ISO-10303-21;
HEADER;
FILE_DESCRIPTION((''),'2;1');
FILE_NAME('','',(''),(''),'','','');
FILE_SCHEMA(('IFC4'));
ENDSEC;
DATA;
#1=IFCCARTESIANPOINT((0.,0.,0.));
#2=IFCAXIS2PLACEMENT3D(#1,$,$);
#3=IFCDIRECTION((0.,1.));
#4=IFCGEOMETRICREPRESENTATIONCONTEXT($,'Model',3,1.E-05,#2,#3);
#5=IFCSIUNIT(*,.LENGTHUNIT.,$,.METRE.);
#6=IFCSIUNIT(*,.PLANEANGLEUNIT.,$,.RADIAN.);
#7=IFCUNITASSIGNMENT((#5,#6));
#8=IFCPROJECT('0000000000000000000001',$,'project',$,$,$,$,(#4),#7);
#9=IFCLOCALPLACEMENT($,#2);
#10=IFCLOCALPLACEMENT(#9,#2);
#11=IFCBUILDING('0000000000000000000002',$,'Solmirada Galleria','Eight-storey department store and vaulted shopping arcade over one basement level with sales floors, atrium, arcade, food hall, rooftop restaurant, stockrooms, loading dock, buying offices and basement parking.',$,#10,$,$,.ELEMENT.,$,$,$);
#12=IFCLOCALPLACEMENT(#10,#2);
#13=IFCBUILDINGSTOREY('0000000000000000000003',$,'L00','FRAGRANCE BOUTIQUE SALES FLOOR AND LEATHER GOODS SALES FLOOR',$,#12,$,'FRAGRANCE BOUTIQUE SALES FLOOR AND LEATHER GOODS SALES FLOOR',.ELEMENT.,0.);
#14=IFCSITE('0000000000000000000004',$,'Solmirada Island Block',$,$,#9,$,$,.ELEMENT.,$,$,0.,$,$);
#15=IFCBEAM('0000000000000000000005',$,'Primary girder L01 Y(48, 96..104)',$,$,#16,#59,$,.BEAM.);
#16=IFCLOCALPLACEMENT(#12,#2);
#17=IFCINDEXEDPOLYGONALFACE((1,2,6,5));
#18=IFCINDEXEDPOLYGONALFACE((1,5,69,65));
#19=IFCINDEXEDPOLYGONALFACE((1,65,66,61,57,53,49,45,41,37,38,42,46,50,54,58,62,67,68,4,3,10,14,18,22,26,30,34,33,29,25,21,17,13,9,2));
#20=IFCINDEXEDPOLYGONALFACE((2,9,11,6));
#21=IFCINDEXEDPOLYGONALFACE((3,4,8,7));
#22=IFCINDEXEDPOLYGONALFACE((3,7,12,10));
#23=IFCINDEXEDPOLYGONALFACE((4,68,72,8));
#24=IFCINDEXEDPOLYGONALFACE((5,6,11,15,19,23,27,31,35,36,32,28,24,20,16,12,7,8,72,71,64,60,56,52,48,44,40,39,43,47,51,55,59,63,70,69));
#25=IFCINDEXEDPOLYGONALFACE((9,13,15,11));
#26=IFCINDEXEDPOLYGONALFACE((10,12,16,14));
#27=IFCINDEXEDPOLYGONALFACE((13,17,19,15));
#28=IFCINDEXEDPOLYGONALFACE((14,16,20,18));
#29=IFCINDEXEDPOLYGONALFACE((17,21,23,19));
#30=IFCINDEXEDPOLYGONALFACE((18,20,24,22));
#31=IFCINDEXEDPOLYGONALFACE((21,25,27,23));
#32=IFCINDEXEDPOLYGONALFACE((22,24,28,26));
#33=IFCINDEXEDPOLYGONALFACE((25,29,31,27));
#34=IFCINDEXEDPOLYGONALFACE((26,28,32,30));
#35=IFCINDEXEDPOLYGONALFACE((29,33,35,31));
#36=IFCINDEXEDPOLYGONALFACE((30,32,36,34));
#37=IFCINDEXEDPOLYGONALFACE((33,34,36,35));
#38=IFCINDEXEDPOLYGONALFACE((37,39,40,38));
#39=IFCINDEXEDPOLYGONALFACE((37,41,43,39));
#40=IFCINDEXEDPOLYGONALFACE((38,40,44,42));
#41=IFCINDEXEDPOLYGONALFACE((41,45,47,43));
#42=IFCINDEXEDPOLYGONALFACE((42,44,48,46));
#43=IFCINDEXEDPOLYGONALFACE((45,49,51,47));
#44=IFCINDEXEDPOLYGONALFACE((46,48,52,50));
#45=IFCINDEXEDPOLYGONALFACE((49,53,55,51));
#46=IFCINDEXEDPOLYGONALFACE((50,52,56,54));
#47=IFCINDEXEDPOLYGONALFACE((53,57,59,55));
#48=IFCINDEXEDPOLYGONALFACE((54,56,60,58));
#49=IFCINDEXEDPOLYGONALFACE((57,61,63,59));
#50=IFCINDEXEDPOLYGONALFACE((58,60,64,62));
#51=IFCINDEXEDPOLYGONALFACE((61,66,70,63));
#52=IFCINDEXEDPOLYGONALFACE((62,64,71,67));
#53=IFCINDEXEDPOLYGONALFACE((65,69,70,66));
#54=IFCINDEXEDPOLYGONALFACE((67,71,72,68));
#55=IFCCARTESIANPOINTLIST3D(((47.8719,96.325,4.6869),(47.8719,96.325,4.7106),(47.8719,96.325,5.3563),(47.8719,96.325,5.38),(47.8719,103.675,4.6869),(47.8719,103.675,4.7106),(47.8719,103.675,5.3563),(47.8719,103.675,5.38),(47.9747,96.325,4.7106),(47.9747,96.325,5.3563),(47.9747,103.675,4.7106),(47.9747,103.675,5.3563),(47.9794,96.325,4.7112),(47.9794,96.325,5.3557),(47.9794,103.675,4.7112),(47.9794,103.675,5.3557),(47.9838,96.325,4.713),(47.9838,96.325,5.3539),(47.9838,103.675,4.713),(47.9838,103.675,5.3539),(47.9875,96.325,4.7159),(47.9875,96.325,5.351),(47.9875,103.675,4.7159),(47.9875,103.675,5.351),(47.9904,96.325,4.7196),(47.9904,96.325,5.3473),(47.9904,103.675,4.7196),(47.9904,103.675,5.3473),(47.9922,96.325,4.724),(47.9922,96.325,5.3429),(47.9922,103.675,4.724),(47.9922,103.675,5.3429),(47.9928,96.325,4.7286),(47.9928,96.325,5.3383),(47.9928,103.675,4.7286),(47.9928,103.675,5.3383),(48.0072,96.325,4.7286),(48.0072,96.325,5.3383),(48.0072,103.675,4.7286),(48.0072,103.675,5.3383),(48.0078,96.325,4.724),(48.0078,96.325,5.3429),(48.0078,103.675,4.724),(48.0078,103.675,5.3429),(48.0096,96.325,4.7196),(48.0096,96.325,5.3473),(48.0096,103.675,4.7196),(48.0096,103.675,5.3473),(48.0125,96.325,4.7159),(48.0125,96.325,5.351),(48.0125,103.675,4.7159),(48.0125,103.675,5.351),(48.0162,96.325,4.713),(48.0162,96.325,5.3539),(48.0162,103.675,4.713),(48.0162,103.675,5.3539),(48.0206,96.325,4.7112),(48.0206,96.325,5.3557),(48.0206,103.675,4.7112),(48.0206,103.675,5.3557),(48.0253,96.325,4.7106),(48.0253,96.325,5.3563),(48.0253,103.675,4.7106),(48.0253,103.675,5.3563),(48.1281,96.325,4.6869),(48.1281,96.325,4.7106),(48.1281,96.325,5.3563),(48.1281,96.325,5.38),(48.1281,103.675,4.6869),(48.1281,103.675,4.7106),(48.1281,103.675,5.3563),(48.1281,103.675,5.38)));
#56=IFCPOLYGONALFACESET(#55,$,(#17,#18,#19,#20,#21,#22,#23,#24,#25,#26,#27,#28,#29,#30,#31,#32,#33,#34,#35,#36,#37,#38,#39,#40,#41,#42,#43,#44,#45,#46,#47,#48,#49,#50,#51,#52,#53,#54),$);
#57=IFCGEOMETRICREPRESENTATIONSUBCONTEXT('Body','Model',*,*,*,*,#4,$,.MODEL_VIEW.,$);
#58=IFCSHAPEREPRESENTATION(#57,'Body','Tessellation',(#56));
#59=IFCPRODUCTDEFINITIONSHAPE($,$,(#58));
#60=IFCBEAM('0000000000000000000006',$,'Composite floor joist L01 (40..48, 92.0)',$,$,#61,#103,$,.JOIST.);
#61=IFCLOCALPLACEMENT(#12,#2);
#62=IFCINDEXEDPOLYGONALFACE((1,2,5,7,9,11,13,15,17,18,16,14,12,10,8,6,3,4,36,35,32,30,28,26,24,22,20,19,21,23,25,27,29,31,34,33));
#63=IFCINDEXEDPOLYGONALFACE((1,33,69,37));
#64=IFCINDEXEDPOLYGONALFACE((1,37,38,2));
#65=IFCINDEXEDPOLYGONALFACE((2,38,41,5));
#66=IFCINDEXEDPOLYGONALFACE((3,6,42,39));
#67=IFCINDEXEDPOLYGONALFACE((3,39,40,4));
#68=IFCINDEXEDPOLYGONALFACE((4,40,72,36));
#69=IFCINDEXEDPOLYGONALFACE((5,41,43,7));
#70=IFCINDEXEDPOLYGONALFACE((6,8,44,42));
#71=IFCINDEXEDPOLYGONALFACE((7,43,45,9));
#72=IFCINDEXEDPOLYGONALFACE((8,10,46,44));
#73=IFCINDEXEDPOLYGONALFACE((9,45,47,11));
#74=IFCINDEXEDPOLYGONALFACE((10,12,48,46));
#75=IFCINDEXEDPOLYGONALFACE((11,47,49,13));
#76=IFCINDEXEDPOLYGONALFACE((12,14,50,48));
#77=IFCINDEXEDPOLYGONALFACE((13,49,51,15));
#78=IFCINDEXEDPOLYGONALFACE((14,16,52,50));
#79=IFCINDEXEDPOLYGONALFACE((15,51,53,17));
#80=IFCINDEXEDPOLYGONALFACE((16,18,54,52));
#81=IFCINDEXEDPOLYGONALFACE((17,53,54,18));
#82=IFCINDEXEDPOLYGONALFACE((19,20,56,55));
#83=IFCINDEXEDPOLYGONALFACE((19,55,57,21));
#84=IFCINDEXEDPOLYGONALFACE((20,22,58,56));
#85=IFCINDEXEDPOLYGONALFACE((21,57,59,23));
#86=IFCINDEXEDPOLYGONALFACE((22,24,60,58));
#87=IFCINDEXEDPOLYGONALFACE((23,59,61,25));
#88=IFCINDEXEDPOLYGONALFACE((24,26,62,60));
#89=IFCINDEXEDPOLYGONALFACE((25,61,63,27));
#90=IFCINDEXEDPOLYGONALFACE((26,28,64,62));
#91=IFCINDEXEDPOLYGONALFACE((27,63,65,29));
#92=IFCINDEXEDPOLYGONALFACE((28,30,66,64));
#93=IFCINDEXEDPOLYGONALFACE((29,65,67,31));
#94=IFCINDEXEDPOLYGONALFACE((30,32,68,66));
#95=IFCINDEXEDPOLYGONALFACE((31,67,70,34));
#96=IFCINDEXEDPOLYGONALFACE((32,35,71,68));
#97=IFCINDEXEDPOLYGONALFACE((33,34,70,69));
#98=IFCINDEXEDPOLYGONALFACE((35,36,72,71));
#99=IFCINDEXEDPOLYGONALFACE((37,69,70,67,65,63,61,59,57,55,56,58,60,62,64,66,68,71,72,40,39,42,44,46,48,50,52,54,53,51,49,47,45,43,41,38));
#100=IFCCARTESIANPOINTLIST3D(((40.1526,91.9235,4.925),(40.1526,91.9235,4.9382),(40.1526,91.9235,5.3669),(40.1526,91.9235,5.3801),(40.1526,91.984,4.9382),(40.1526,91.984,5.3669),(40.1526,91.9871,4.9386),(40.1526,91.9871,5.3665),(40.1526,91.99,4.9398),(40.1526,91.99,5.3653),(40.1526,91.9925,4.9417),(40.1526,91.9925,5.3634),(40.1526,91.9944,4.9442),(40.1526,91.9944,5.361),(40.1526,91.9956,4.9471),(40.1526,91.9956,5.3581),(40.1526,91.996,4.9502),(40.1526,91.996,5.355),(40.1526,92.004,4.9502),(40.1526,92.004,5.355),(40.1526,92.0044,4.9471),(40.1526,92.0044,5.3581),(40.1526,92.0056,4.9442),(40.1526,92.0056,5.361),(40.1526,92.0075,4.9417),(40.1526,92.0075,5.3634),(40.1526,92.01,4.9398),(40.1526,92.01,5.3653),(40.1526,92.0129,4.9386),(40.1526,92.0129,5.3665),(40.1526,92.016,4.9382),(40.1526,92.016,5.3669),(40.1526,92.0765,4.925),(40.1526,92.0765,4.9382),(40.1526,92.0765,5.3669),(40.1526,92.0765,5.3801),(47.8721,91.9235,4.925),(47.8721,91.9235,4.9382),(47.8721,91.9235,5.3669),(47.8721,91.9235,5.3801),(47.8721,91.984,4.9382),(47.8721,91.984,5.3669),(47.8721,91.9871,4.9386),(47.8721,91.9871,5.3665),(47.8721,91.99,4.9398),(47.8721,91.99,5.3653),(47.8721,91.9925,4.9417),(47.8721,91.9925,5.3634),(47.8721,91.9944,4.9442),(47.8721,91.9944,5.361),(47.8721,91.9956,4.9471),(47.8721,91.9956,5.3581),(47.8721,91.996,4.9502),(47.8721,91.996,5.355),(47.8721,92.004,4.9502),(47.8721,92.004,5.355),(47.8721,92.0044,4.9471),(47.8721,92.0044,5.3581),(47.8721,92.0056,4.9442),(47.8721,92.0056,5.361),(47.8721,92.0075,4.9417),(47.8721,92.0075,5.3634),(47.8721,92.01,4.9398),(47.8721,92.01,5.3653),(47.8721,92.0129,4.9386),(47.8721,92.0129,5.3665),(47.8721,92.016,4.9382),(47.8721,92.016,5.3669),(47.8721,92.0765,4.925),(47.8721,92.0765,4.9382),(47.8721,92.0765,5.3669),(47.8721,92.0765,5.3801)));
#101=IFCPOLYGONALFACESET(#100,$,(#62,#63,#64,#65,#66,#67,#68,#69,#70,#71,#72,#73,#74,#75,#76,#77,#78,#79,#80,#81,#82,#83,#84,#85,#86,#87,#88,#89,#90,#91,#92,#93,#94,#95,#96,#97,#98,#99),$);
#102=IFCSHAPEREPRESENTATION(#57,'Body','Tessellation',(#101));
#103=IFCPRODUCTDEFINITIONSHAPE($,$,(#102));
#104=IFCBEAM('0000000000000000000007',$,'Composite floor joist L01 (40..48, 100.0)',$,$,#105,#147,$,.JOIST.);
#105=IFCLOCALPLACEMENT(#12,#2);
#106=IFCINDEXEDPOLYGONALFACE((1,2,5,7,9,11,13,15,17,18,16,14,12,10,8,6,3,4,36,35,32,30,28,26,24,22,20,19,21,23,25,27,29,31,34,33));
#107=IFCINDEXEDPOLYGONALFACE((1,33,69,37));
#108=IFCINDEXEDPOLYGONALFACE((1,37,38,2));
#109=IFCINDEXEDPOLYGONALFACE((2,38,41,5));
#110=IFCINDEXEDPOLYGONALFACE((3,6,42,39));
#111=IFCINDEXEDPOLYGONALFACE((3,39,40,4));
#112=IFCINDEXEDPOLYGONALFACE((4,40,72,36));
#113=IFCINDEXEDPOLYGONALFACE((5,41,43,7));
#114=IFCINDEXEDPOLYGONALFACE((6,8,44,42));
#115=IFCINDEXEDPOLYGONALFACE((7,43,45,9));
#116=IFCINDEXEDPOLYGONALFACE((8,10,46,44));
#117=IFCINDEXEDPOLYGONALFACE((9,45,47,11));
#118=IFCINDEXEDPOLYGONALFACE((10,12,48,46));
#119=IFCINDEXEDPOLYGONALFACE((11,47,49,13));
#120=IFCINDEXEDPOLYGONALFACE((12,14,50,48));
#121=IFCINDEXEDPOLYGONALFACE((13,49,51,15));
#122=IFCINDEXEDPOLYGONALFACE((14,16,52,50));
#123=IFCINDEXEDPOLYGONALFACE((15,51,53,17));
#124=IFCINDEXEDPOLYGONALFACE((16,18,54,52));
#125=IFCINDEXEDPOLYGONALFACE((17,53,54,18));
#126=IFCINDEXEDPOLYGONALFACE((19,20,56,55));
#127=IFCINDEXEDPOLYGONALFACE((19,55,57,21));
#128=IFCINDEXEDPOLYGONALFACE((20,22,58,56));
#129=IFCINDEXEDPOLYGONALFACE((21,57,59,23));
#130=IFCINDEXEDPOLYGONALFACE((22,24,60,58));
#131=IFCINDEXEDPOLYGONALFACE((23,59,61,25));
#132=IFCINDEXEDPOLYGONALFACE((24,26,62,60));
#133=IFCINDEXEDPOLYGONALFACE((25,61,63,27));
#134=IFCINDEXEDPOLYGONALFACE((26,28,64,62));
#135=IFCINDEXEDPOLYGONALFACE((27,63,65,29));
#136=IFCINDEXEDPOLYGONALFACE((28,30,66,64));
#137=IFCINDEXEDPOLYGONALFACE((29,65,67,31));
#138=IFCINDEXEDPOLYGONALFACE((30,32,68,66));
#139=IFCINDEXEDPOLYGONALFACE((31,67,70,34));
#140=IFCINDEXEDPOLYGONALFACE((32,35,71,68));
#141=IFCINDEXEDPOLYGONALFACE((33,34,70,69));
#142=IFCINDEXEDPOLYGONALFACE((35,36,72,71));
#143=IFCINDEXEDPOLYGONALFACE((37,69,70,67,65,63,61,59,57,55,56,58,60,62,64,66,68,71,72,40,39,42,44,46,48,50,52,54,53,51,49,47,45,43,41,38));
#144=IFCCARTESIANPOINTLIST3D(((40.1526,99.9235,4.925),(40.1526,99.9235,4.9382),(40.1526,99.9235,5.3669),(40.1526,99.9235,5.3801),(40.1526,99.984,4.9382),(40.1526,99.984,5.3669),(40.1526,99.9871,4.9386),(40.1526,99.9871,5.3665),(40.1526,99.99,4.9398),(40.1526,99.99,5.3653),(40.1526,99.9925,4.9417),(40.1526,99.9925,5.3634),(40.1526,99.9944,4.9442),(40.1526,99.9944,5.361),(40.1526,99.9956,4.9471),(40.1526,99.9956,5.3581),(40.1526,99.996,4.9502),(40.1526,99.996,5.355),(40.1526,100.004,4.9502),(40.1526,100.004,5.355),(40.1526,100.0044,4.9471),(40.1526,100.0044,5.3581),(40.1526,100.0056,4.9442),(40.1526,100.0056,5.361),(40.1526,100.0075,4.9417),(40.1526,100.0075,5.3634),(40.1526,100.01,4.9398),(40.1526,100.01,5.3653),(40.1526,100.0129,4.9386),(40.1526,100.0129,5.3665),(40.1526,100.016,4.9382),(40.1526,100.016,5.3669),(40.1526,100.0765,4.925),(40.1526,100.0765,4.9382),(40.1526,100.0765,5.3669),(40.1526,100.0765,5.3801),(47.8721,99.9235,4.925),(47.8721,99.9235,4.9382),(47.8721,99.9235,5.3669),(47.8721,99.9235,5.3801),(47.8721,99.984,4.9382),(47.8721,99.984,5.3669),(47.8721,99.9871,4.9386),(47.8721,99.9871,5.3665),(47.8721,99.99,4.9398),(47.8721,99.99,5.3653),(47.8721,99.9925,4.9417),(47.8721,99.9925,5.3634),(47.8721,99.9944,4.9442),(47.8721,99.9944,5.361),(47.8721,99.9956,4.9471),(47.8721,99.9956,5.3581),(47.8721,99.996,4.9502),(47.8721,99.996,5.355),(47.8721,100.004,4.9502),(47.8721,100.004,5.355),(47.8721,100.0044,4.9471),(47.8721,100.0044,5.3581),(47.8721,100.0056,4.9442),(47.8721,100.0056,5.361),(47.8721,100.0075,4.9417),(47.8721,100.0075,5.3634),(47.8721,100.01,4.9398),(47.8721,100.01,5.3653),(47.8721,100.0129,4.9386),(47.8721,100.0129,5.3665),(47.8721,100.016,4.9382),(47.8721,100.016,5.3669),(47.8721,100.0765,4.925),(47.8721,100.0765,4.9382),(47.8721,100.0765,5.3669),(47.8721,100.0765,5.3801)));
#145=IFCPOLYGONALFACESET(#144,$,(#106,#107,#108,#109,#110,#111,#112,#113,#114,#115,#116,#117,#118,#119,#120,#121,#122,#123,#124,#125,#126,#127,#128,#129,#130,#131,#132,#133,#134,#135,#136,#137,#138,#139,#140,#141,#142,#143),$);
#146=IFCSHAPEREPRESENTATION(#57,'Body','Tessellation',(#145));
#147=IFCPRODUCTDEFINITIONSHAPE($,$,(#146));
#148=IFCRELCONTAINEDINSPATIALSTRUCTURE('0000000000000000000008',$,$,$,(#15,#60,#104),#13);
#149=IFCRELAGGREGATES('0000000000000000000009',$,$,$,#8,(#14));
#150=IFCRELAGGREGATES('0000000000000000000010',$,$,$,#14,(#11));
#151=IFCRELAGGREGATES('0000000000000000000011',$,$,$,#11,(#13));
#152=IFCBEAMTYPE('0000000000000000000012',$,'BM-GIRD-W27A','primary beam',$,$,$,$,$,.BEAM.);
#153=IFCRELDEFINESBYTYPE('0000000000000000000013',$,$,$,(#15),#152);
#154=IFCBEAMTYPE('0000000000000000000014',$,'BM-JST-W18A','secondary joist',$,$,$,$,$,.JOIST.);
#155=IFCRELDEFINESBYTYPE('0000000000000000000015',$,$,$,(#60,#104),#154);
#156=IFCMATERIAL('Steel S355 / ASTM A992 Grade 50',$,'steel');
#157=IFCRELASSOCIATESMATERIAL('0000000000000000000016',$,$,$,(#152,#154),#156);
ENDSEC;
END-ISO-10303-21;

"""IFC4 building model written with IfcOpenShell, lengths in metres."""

from ifc_helpers import new_model, si_unit, direction, frame, origin, origin_2d, place, context, subcontext, project, spatial, i_section, extrude, material, material_profile, profile_set, type_object, element, save


model = new_model("IFC4")

# Units and contexts
model_context = context("Model", 3, precision=1e-05, world=origin(), true_north=direction((0.0, 1.0)))
body_context = subcontext(model_context, "Body", "Model", "MODEL_VIEW")
ifc_project = project(units=[si_unit("LENGTHUNIT", "METRE"), si_unit("PLANEANGLEUNIT", "RADIAN")], contexts=[model_context])

# Site, building, storey
site_placement = place(None, origin())
site = spatial("IfcSite", under=ifc_project, at=site_placement, Name="Solmirada Island Block", CompositionType="ELEMENT", RefElevation=0.0)
building_placement = place(site_placement, origin())
building = spatial("IfcBuilding", under=site, at=building_placement, Name="Solmirada Galleria", Description="Eight-storey department store and vaulted shopping arcade over one basement level with sales floors, atrium, arcade, food hall, rooftop restaurant, stockrooms, loading dock, buying offices and basement parking.", CompositionType="ELEMENT")
storey_placement = place(building_placement, origin())
storey = spatial("IfcBuildingStorey", under=building, at=storey_placement, Name="L00", Description="FRAGRANCE BOUTIQUE SALES FLOOR AND LEATHER GOODS SALES FLOOR", LongName="FRAGRANCE BOUTIQUE SALES FLOOR AND LEATHER GOODS SALES FLOOR", CompositionType="ELEMENT", Elevation=0.0)

# Beams
ifc_material_1 = material(Name="Steel S355 / ASTM A992 Grade 50", Category="steel")
ifc_material_profile_1 = material_profile(ifc_material_1, i_section(OverallWidth=0.2561, OverallDepth=0.6931, WebThickness=0.0144, FlangeThickness=0.0237, FilletRadius=0.0181, at=origin_2d()), Name="W27X114")
ifc_profile_set_1 = profile_set([ifc_material_profile_1], Name="Steel S355 / ASTM A992 Grade 50")
beam_type_1 = type_object("IfcBeamType", Name="BM-GIRD-W27A", Description="primary beam", PredefinedType="BEAM", material=ifc_profile_set_1)
beam_1_placement = place(storey_placement, frame((48.0, 96.325, 5.0334), z_axis=(0.0, 1.0, 0.0), x_axis=(-1.0, 0.0, 0.0)))
element("IfcBeam", 1, at=beam_1_placement, inside=storey, type_object=beam_type_1, Name="Primary girder L01 Y(48, 96..104)", PredefinedType="BEAM", context=body_context, shape_type="SweptSolid", body=[
    extrude(i_section(OverallWidth=0.2561, OverallDepth=0.6931, WebThickness=0.0144, FlangeThickness=0.0237, FilletRadius=0.0181, at=origin_2d()), origin(), (0.0, 0.0, 1.0), 7.3501),
])
ifc_material_profile_2 = material_profile(ifc_material_1, i_section(OverallWidth=0.1531, OverallDepth=0.4551, WebThickness=0.0081, FlangeThickness=0.0132, FilletRadius=0.012, at=origin_2d()), Name="W18X40")
ifc_profile_set_2 = profile_set([ifc_material_profile_2], Name="Steel S355 / ASTM A992 Grade 50")
beam_type_2 = type_object("IfcBeamType", Name="BM-JST-W18A", Description="secondary joist", PredefinedType="JOIST", material=ifc_profile_set_2)
for number, where, z_axis, x_axis, name in (
    (2, (40.1526, 92.0, 5.1526), (1.0, 0.0, 0.0), (0.0, 1.0, 0.0), "Composite floor joist L01 (40..48, 92.0)"),
    (3, (40.1526, 100.0, 5.1526), (1.0, 0.0, 0.0), (0.0, 1.0, 0.0), "Composite floor joist L01 (40..48, 100.0)"),
):
    element("IfcBeam", number, at=place(storey_placement, frame(where, z_axis=z_axis, x_axis=x_axis)), inside=storey, type_object=beam_type_2, Name=name, PredefinedType="JOIST", context=body_context, shape_type="SweptSolid", body=[
        extrude(i_section(OverallWidth=0.1531, OverallDepth=0.4551, WebThickness=0.0081, FlangeThickness=0.0132, FilletRadius=0.012, at=origin_2d()), origin(), (0.0, 0.0, 1.0), 7.7195),
    ])

save(model, "model.ifc")
